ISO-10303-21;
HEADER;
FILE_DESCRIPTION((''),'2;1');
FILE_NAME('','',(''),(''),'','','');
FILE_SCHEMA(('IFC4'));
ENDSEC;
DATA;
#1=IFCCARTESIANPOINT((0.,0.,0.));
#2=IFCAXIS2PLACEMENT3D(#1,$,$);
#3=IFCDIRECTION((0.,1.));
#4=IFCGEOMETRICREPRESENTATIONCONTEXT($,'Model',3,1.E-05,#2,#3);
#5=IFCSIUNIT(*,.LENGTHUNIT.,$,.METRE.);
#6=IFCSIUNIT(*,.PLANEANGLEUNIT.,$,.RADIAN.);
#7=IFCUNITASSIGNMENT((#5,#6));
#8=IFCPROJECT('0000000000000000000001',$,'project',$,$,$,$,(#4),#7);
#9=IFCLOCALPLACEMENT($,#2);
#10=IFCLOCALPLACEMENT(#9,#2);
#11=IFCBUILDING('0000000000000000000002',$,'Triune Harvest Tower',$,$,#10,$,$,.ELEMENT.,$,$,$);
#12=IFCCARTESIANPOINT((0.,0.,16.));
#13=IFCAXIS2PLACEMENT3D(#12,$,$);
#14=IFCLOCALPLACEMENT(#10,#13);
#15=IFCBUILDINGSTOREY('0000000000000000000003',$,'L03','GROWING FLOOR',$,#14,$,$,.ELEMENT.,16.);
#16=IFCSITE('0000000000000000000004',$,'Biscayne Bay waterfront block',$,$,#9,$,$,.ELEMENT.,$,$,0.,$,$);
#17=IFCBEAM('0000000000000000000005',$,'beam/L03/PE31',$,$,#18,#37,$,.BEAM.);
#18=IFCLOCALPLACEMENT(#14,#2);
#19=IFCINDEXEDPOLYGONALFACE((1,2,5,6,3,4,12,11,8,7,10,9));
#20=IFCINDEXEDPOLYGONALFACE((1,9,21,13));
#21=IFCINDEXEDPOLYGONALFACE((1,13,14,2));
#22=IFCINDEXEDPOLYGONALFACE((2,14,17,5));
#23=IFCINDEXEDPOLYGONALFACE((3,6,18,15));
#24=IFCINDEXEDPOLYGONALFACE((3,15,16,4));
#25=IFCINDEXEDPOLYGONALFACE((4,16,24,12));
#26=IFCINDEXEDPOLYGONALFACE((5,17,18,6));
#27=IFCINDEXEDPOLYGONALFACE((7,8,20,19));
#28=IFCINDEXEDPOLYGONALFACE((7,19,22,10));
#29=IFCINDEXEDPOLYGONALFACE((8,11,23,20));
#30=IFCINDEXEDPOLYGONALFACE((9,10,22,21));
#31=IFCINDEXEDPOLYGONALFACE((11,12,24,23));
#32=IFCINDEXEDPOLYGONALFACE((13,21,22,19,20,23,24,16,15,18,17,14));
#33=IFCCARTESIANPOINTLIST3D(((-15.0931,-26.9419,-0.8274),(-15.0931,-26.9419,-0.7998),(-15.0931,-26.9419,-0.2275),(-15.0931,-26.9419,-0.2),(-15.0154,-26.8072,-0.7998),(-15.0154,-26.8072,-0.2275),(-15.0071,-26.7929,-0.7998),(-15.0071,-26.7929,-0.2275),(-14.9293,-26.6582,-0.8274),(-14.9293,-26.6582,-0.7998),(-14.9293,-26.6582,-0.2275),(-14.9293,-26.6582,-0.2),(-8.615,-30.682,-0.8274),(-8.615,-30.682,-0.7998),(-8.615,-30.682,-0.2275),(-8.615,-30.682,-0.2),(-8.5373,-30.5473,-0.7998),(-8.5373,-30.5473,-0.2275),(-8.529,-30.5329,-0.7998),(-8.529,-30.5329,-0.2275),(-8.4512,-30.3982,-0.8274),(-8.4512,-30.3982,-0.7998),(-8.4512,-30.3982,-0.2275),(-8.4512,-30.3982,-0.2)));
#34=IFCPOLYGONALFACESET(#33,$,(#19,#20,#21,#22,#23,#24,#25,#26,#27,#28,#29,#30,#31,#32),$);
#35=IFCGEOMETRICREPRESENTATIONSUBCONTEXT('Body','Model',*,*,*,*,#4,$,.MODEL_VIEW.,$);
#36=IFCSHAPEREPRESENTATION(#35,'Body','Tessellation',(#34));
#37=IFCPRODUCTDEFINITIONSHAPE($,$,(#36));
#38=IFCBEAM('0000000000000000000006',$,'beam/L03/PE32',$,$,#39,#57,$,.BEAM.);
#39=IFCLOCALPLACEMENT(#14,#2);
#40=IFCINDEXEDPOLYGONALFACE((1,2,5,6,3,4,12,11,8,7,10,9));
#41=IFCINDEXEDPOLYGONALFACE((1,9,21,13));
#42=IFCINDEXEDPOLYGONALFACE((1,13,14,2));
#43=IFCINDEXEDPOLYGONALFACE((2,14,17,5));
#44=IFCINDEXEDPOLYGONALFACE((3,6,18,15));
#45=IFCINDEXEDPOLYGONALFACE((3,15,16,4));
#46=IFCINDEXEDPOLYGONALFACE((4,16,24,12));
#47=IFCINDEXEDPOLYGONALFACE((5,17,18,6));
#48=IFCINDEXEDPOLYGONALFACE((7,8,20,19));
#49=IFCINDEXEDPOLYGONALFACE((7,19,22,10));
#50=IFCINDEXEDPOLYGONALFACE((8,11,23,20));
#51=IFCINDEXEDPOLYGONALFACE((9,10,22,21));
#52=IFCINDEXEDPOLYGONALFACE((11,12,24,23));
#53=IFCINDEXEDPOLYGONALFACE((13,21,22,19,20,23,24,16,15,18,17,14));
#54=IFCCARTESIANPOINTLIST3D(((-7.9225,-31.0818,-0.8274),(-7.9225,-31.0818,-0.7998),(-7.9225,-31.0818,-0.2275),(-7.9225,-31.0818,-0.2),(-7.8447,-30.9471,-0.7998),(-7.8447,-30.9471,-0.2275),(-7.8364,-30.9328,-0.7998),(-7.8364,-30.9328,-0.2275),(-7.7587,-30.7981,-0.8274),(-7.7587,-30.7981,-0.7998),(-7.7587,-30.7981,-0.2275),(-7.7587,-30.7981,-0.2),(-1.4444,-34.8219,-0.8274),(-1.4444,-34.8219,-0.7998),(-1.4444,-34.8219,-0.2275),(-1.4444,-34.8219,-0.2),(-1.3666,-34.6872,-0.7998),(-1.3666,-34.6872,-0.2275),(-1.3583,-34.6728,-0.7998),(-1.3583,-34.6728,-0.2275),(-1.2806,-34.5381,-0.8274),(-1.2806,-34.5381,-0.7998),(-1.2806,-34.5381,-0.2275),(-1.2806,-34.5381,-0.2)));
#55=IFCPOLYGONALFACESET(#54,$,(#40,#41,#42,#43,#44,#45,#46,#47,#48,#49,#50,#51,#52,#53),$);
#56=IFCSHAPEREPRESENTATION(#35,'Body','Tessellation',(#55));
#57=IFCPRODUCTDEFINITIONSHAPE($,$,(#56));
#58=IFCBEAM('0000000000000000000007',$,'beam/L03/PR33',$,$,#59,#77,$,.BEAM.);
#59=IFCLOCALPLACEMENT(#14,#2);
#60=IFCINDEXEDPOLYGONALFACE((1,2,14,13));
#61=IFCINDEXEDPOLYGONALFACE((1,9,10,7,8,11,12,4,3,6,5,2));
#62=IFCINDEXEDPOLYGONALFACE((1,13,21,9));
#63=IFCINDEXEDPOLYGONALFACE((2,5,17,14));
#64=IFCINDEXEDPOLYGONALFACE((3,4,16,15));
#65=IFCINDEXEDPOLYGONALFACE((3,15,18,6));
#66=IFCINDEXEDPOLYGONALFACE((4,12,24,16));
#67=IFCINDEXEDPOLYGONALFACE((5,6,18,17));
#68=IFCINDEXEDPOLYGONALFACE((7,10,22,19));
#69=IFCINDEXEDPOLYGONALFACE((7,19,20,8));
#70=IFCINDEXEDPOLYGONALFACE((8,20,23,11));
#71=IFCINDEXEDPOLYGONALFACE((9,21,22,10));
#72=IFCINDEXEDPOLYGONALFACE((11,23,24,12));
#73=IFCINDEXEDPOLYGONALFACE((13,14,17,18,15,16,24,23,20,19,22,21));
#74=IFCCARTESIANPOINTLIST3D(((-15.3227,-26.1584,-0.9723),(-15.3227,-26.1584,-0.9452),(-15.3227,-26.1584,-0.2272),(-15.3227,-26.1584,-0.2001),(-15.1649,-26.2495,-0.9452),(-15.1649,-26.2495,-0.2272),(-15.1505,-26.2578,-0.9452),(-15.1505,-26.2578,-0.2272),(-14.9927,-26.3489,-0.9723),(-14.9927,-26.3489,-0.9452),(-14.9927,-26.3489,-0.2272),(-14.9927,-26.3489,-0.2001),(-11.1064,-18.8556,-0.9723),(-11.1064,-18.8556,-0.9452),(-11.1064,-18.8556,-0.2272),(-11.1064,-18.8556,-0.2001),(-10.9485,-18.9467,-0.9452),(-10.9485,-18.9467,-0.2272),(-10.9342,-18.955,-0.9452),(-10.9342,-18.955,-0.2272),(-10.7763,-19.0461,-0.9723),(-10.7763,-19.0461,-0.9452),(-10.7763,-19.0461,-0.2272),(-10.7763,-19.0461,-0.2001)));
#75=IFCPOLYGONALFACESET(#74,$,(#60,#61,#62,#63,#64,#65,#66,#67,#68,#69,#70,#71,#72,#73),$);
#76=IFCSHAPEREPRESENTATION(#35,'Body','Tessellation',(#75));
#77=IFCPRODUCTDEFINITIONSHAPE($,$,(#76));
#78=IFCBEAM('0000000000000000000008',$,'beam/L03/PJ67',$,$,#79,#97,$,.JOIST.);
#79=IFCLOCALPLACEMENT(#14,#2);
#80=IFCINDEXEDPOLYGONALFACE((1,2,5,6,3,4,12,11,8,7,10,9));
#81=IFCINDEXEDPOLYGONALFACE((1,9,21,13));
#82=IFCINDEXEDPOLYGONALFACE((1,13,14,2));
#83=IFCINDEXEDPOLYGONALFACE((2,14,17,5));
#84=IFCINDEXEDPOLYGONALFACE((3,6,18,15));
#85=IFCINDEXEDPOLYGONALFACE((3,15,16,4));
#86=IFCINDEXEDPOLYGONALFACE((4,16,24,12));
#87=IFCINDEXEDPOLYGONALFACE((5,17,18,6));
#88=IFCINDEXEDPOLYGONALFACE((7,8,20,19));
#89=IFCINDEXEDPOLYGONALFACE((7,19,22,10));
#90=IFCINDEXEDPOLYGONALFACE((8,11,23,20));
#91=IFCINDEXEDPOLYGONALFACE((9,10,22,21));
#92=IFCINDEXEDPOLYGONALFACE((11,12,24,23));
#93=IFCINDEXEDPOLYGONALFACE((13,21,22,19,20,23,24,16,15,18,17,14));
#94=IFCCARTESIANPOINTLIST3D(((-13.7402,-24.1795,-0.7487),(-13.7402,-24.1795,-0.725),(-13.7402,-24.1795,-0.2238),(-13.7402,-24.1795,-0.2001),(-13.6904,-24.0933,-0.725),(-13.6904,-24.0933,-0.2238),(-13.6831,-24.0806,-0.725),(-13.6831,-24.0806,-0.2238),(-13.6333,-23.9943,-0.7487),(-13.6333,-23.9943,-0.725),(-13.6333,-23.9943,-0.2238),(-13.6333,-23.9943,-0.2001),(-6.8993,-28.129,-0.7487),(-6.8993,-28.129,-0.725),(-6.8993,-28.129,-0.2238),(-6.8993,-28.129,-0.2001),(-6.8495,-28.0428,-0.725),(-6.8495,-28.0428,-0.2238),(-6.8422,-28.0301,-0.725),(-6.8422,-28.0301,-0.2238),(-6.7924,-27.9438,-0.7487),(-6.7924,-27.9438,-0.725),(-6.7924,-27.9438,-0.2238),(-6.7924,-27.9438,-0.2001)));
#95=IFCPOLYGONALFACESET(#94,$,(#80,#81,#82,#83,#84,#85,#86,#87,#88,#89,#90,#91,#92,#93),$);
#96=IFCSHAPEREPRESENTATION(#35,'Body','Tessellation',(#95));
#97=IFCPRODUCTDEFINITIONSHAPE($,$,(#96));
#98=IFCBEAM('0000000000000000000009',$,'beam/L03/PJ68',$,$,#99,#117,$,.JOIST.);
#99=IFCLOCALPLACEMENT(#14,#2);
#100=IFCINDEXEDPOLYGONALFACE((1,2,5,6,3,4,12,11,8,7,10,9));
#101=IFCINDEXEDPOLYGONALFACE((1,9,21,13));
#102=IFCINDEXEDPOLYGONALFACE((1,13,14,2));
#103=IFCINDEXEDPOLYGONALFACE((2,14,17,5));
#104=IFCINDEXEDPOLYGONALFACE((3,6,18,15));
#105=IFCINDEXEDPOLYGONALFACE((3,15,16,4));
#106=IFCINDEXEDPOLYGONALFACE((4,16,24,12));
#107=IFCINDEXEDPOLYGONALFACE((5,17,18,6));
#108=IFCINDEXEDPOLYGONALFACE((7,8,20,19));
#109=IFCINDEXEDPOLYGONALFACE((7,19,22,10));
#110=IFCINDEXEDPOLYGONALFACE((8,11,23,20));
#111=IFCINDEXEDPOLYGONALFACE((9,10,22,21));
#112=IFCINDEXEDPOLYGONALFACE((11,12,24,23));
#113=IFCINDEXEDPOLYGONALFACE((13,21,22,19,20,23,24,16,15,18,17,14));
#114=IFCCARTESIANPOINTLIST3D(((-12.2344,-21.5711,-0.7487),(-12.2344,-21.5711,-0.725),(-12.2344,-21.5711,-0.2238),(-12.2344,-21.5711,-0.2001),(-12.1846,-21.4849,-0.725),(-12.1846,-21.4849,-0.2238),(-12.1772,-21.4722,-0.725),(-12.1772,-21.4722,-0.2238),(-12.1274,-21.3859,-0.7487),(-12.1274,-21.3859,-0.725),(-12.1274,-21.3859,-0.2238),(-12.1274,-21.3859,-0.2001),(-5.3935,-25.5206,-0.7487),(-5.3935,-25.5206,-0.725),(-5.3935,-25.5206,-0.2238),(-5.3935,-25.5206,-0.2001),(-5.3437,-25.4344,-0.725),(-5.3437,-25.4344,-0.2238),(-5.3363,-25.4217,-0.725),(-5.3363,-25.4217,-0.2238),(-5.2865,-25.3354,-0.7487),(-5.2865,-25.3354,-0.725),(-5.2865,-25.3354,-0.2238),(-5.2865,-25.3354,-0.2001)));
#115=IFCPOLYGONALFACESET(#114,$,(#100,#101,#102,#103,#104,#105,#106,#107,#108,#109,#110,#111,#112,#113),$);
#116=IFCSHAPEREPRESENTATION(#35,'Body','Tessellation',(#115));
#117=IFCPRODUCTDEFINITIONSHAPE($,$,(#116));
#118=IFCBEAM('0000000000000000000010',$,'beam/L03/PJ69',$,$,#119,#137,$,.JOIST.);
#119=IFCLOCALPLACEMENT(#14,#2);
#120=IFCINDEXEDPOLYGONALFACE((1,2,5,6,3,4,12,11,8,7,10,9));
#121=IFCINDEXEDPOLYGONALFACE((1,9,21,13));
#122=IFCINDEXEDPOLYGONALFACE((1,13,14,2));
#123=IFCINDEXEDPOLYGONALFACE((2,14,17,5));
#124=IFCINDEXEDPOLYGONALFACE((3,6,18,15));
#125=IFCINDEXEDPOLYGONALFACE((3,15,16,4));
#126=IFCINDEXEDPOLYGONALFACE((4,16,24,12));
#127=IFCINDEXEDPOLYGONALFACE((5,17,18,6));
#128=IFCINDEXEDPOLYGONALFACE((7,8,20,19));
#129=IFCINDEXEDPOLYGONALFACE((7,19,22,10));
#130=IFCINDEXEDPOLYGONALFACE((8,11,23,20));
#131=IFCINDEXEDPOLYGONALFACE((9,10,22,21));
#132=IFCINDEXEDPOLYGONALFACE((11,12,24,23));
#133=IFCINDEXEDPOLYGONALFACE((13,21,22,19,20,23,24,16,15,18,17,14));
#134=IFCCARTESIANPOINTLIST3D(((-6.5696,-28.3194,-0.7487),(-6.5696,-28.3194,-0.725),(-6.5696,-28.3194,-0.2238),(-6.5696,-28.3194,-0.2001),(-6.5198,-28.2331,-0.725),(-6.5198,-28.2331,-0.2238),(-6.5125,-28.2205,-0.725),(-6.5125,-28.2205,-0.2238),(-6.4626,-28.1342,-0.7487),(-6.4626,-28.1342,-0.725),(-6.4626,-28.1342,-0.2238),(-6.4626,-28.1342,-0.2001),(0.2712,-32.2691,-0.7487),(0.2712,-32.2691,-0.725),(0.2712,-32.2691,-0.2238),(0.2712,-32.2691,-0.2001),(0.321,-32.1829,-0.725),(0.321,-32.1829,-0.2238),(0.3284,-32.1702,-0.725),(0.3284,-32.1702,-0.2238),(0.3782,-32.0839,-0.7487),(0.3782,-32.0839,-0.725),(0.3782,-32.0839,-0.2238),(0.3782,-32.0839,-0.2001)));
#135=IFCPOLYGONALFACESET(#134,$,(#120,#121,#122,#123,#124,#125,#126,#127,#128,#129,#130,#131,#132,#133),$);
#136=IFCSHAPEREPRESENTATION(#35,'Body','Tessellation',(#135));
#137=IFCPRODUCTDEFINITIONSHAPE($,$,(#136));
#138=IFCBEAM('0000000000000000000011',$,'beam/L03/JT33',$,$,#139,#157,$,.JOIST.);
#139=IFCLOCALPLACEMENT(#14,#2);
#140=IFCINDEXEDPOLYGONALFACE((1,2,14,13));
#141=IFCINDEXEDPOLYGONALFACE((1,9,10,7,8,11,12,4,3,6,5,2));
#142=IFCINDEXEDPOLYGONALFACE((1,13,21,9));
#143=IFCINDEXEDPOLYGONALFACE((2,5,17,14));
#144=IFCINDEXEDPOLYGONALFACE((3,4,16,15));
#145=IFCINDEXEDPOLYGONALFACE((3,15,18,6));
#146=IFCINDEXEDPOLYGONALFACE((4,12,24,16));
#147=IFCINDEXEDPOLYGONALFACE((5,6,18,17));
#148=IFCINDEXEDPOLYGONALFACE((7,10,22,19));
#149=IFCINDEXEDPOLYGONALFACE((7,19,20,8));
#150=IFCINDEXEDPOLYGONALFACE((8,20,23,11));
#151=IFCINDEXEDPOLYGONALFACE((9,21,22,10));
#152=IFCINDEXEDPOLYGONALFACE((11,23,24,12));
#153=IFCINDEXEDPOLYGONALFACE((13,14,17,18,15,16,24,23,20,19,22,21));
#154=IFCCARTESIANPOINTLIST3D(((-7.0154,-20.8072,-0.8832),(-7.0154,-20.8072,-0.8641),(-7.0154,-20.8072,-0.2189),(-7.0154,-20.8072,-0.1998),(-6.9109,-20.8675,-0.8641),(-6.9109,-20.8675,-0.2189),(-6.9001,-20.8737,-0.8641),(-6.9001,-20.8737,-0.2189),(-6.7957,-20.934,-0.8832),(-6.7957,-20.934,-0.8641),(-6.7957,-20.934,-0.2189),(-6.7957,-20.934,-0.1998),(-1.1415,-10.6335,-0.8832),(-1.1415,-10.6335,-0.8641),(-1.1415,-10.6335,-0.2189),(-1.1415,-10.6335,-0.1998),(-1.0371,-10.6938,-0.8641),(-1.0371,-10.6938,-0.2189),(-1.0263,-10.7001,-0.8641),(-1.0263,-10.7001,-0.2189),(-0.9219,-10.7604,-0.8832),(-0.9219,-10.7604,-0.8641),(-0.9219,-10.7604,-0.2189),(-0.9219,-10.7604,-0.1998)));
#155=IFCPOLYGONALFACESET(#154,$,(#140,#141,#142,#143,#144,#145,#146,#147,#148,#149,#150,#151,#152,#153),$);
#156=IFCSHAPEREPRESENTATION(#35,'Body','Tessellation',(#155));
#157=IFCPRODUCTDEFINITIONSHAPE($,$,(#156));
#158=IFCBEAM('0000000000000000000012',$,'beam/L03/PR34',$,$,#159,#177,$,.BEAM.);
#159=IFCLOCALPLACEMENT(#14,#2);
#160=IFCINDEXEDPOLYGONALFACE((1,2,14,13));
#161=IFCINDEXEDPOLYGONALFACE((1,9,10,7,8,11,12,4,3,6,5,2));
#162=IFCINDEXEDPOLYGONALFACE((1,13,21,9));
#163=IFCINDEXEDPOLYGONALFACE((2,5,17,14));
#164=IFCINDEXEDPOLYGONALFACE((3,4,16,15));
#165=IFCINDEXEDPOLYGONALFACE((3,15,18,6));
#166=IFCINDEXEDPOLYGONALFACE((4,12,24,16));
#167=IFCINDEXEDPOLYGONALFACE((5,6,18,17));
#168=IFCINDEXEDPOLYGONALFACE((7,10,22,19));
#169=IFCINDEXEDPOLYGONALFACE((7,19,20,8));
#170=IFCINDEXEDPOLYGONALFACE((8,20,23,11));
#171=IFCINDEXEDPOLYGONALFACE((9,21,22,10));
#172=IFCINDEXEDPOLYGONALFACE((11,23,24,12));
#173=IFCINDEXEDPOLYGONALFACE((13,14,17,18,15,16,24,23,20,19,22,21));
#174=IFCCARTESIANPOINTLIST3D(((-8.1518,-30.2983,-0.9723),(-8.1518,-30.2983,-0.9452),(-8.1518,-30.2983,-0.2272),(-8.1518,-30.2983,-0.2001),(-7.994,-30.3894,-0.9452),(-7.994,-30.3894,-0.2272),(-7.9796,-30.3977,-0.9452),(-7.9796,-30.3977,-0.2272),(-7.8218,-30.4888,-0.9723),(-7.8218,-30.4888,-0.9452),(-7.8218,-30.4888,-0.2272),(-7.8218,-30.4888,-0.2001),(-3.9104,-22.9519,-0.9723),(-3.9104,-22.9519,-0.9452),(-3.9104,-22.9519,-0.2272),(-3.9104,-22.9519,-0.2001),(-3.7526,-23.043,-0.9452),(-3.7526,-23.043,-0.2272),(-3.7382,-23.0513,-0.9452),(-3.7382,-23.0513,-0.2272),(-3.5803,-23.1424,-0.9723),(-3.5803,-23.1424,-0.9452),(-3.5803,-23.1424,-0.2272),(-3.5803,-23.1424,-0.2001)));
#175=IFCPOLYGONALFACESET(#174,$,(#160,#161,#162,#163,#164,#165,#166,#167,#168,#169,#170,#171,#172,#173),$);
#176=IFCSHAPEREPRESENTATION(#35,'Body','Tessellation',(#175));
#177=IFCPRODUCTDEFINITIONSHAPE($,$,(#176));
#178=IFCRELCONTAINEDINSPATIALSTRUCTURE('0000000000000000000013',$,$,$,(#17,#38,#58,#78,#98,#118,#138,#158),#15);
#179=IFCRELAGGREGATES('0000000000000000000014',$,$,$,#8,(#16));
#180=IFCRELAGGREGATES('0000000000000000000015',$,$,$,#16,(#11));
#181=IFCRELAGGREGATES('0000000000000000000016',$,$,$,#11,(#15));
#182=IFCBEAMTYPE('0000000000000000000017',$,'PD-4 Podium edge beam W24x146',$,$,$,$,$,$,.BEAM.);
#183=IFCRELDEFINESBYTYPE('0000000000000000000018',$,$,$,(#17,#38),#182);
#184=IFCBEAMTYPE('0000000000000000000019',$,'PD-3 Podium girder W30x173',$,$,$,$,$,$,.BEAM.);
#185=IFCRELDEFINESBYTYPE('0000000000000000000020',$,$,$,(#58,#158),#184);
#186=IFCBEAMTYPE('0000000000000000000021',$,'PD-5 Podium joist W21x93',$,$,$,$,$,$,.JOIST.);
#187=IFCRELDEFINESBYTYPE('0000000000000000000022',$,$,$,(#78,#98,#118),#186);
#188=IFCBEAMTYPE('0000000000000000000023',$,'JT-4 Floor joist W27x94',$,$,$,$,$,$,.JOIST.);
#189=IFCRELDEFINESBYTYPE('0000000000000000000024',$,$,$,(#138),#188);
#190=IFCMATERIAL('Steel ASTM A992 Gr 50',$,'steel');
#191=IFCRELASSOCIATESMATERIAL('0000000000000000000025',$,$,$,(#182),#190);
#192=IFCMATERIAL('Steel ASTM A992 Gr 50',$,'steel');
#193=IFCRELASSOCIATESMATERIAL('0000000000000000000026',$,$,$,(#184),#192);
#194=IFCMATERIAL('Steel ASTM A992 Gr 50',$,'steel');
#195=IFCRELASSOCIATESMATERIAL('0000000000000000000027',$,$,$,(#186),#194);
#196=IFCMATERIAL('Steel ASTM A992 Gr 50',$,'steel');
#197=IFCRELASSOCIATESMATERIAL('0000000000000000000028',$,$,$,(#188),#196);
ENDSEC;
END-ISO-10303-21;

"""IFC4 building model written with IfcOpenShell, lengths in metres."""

from ifc_helpers import new_model, si_unit, direction, frame, origin, origin_2d, place, context, subcontext, project, spatial, i_section, extrude, source, transform, mapped, material, material_profile, profile_set, type_object, element, save


model = new_model("IFC4")

# Units and contexts
model_context = context("Model", 3, precision=1e-05, world=origin(), true_north=direction((0.0, 1.0)))
body_context = subcontext(model_context, "Body", "Model", "MODEL_VIEW")
ifc_project = project(units=[si_unit("LENGTHUNIT", "METRE"), si_unit("PLANEANGLEUNIT", "RADIAN")], contexts=[model_context])

# Site, building, storey
site_placement = place(None, origin())
site = spatial("IfcSite", under=ifc_project, at=site_placement, Name="Biscayne Bay waterfront block", CompositionType="ELEMENT", RefElevation=0.0)
building_placement = place(site_placement, origin())
building = spatial("IfcBuilding", under=site, at=building_placement, Name="Triune Harvest Tower", CompositionType="ELEMENT")
storey_placement = place(building_placement, frame((0.0, 0.0, 16.0)))
storey = spatial("IfcBuildingStorey", under=building, at=storey_placement, Name="L03", Description="GROWING FLOOR", CompositionType="ELEMENT", Elevation=16.0)

# Beams
ifc_material_1 = material(Name="Steel ASTM A992 Gr 50", Category="steel")
ifc_material_profile_1 = material_profile(ifc_material_1, i_section(OverallWidth=0.3276, OverallDepth=0.6274, WebThickness=0.0166, FlangeThickness=0.0276, at=origin_2d()), Name="W24x146")
ifc_profile_set_1 = profile_set([ifc_material_profile_1], Name="Steel ASTM A992 Gr 50")
beam_type_1 = type_object("IfcBeamType", Name="PD-4 Podium edge beam W24x146", PredefinedType="BEAM", material=ifc_profile_set_1)
shared_shape_1 = source(origin(), body_context, "Body", "SweptSolid", [
    extrude(i_section(OverallWidth=0.3276, OverallDepth=0.6274, WebThickness=0.0166, FlangeThickness=0.0276, at=origin_2d()), origin(), (0.0, 0.0, 1.0), 7.4802),
])
for number, where, z_axis, x_axis, name in (
    (1, (-15.0112, -26.8, -0.5137), (0.866031, -0.49999, 0.0), (0.49999, 0.866031, 0.0), "beam/L03/PE31"),
    (2, (-7.8406, -30.9399, -0.5137), (0.866031, -0.49999, 0.0), (0.49999, 0.866031, 0.0), "beam/L03/PE32"),
):
    element("IfcBeam", number, at=place(storey_placement, frame(where, z_axis=z_axis, x_axis=x_axis)), inside=storey, type_object=beam_type_1, Name=name, PredefinedType="BEAM", context=body_context, shape_type="MappedRepresentation", body=[
        mapped(shared_shape_1, transform((0.0, 0.0, 0.0), scale=1.0)),
    ])
ifc_material_2 = material(Name="Steel ASTM A992 Gr 50", Category="steel")
ifc_material_profile_2 = material_profile(ifc_material_2, i_section(OverallWidth=0.3811, OverallDepth=0.7722, WebThickness=0.0166, FlangeThickness=0.0271, at=origin_2d()), Name="W30x173")
ifc_profile_set_2 = profile_set([ifc_material_profile_2], Name="Steel ASTM A992 Gr 50")
beam_type_2 = type_object("IfcBeamType", Name="PD-3 Podium girder W30x173", PredefinedType="BEAM", material=ifc_profile_set_2)
shared_shape_2 = source(origin(), body_context, "Body", "SweptSolid", [
    extrude(i_section(OverallWidth=0.3811, OverallDepth=0.7722, WebThickness=0.0166, FlangeThickness=0.0271, at=origin_2d()), origin(), (0.0, 0.0, 1.0), 8.4326),
])
beam_1_placement = place(storey_placement, frame((-15.1577, -26.2537, -0.5862), z_axis=(0.500006, 0.866022, 0.0), x_axis=(-0.866022, 0.500006, 0.0)))
element("IfcBeam", 3, at=beam_1_placement, inside=storey, type_object=beam_type_2, Name="beam/L03/PR33", PredefinedType="BEAM", context=body_context, shape_type="MappedRepresentation", body=[
    mapped(shared_shape_2, transform((0.0, 0.0, 0.0), scale=1.0)),
])
ifc_material_3 = material(Name="Steel ASTM A992 Gr 50", Category="steel")
ifc_material_profile_3 = material_profile(ifc_material_3, i_section(OverallWidth=0.2139, OverallDepth=0.5486, WebThickness=0.0146, FlangeThickness=0.0237, at=origin_2d()), Name="W21x93")
ifc_profile_set_3 = profile_set([ifc_material_profile_3], Name="Steel ASTM A992 Gr 50")
beam_type_3 = type_object("IfcBeamType", Name="PD-5 Podium joist W21x93", PredefinedType="JOIST", material=ifc_profile_set_3)
shared_shape_3 = source(origin(), body_context, "Body", "SweptSolid", [
    extrude(i_section(OverallWidth=0.2139, OverallDepth=0.5486, WebThickness=0.0146, FlangeThickness=0.0237, at=origin_2d()), origin(), (0.0, 0.0, 1.0), 7.8992),
])
for number, where, z_axis, x_axis, name in (
    (4, (-13.6868, -24.0869, -0.4744), (0.86603, -0.499992, 0.0), (0.499992, 0.86603, 0.0), "beam/L03/PJ67"),
    (5, (-12.1809, -21.4785, -0.4744), (0.86603, -0.499992, 0.0), (0.499992, 0.86603, 0.0), "beam/L03/PJ68"),
    (6, (-6.5161, -28.2268, -0.4744), (0.866017, -0.500015, 0.0), (0.500015, 0.866017, 0.0), "beam/L03/PJ69"),
):
    element("IfcBeam", number, at=place(storey_placement, frame(where, z_axis=z_axis, x_axis=x_axis)), inside=storey, type_object=beam_type_3, Name=name, PredefinedType="JOIST", context=body_context, shape_type="MappedRepresentation", body=[
        mapped(shared_shape_3, transform((0.0, 0.0, 0.0), scale=1.0)),
    ])
ifc_material_4 = material(Name="Steel ASTM A992 Gr 50", Category="steel")
ifc_material_profile_4 = material_profile(ifc_material_4, i_section(OverallWidth=0.2537, OverallDepth=0.6833, WebThickness=0.0125, FlangeThickness=0.019, at=origin_2d()), Name="W27x94")
ifc_profile_set_4 = profile_set([ifc_material_profile_4], Name="Steel ASTM A992 Gr 50")
beam_type_4 = type_object("IfcBeamType", Name="JT-4 Floor joist W27x94", PredefinedType="JOIST", material=ifc_profile_set_4)
shared_shape_4 = source(origin(), body_context, "Body", "SweptSolid", [
    extrude(i_section(OverallWidth=0.2537, OverallDepth=0.6833, WebThickness=0.0125, FlangeThickness=0.019, at=origin_2d()), origin(), (0.0, 0.0, 1.0), 11.7476),
])
beam_2_placement = place(storey_placement, frame((-6.9055, -20.8706, -0.5415), z_axis=(0.500004, 0.866023, 0.0), x_axis=(-0.866023, 0.500004, 0.0)))
element("IfcBeam", 7, at=beam_2_placement, inside=storey, type_object=beam_type_4, Name="beam/L03/JT33", PredefinedType="JOIST", context=body_context, shape_type="MappedRepresentation", body=[
    mapped(shared_shape_4, transform((0.0, 0.0, 0.0), scale=1.0)),
])
shared_shape_5 = source(origin(), body_context, "Body", "SweptSolid", [
    extrude(i_section(OverallWidth=0.3811, OverallDepth=0.7722, WebThickness=0.0166, FlangeThickness=0.0271, at=origin_2d()), origin(), (0.0, 0.0, 1.0), 8.4829),
])
beam_3_placement = place(storey_placement, frame((-7.9868, -30.3936, -0.5862), z_axis=(0.499999, 0.866026, 0.0), x_axis=(-0.866026, 0.499999, 0.0)))
element("IfcBeam", 8, at=beam_3_placement, inside=storey, type_object=beam_type_2, Name="beam/L03/PR34", PredefinedType="BEAM", context=body_context, shape_type="MappedRepresentation", body=[
    mapped(shared_shape_5, transform((0.0, 0.0, 0.0), scale=1.0)),
])

save(model, "model.ifc")
